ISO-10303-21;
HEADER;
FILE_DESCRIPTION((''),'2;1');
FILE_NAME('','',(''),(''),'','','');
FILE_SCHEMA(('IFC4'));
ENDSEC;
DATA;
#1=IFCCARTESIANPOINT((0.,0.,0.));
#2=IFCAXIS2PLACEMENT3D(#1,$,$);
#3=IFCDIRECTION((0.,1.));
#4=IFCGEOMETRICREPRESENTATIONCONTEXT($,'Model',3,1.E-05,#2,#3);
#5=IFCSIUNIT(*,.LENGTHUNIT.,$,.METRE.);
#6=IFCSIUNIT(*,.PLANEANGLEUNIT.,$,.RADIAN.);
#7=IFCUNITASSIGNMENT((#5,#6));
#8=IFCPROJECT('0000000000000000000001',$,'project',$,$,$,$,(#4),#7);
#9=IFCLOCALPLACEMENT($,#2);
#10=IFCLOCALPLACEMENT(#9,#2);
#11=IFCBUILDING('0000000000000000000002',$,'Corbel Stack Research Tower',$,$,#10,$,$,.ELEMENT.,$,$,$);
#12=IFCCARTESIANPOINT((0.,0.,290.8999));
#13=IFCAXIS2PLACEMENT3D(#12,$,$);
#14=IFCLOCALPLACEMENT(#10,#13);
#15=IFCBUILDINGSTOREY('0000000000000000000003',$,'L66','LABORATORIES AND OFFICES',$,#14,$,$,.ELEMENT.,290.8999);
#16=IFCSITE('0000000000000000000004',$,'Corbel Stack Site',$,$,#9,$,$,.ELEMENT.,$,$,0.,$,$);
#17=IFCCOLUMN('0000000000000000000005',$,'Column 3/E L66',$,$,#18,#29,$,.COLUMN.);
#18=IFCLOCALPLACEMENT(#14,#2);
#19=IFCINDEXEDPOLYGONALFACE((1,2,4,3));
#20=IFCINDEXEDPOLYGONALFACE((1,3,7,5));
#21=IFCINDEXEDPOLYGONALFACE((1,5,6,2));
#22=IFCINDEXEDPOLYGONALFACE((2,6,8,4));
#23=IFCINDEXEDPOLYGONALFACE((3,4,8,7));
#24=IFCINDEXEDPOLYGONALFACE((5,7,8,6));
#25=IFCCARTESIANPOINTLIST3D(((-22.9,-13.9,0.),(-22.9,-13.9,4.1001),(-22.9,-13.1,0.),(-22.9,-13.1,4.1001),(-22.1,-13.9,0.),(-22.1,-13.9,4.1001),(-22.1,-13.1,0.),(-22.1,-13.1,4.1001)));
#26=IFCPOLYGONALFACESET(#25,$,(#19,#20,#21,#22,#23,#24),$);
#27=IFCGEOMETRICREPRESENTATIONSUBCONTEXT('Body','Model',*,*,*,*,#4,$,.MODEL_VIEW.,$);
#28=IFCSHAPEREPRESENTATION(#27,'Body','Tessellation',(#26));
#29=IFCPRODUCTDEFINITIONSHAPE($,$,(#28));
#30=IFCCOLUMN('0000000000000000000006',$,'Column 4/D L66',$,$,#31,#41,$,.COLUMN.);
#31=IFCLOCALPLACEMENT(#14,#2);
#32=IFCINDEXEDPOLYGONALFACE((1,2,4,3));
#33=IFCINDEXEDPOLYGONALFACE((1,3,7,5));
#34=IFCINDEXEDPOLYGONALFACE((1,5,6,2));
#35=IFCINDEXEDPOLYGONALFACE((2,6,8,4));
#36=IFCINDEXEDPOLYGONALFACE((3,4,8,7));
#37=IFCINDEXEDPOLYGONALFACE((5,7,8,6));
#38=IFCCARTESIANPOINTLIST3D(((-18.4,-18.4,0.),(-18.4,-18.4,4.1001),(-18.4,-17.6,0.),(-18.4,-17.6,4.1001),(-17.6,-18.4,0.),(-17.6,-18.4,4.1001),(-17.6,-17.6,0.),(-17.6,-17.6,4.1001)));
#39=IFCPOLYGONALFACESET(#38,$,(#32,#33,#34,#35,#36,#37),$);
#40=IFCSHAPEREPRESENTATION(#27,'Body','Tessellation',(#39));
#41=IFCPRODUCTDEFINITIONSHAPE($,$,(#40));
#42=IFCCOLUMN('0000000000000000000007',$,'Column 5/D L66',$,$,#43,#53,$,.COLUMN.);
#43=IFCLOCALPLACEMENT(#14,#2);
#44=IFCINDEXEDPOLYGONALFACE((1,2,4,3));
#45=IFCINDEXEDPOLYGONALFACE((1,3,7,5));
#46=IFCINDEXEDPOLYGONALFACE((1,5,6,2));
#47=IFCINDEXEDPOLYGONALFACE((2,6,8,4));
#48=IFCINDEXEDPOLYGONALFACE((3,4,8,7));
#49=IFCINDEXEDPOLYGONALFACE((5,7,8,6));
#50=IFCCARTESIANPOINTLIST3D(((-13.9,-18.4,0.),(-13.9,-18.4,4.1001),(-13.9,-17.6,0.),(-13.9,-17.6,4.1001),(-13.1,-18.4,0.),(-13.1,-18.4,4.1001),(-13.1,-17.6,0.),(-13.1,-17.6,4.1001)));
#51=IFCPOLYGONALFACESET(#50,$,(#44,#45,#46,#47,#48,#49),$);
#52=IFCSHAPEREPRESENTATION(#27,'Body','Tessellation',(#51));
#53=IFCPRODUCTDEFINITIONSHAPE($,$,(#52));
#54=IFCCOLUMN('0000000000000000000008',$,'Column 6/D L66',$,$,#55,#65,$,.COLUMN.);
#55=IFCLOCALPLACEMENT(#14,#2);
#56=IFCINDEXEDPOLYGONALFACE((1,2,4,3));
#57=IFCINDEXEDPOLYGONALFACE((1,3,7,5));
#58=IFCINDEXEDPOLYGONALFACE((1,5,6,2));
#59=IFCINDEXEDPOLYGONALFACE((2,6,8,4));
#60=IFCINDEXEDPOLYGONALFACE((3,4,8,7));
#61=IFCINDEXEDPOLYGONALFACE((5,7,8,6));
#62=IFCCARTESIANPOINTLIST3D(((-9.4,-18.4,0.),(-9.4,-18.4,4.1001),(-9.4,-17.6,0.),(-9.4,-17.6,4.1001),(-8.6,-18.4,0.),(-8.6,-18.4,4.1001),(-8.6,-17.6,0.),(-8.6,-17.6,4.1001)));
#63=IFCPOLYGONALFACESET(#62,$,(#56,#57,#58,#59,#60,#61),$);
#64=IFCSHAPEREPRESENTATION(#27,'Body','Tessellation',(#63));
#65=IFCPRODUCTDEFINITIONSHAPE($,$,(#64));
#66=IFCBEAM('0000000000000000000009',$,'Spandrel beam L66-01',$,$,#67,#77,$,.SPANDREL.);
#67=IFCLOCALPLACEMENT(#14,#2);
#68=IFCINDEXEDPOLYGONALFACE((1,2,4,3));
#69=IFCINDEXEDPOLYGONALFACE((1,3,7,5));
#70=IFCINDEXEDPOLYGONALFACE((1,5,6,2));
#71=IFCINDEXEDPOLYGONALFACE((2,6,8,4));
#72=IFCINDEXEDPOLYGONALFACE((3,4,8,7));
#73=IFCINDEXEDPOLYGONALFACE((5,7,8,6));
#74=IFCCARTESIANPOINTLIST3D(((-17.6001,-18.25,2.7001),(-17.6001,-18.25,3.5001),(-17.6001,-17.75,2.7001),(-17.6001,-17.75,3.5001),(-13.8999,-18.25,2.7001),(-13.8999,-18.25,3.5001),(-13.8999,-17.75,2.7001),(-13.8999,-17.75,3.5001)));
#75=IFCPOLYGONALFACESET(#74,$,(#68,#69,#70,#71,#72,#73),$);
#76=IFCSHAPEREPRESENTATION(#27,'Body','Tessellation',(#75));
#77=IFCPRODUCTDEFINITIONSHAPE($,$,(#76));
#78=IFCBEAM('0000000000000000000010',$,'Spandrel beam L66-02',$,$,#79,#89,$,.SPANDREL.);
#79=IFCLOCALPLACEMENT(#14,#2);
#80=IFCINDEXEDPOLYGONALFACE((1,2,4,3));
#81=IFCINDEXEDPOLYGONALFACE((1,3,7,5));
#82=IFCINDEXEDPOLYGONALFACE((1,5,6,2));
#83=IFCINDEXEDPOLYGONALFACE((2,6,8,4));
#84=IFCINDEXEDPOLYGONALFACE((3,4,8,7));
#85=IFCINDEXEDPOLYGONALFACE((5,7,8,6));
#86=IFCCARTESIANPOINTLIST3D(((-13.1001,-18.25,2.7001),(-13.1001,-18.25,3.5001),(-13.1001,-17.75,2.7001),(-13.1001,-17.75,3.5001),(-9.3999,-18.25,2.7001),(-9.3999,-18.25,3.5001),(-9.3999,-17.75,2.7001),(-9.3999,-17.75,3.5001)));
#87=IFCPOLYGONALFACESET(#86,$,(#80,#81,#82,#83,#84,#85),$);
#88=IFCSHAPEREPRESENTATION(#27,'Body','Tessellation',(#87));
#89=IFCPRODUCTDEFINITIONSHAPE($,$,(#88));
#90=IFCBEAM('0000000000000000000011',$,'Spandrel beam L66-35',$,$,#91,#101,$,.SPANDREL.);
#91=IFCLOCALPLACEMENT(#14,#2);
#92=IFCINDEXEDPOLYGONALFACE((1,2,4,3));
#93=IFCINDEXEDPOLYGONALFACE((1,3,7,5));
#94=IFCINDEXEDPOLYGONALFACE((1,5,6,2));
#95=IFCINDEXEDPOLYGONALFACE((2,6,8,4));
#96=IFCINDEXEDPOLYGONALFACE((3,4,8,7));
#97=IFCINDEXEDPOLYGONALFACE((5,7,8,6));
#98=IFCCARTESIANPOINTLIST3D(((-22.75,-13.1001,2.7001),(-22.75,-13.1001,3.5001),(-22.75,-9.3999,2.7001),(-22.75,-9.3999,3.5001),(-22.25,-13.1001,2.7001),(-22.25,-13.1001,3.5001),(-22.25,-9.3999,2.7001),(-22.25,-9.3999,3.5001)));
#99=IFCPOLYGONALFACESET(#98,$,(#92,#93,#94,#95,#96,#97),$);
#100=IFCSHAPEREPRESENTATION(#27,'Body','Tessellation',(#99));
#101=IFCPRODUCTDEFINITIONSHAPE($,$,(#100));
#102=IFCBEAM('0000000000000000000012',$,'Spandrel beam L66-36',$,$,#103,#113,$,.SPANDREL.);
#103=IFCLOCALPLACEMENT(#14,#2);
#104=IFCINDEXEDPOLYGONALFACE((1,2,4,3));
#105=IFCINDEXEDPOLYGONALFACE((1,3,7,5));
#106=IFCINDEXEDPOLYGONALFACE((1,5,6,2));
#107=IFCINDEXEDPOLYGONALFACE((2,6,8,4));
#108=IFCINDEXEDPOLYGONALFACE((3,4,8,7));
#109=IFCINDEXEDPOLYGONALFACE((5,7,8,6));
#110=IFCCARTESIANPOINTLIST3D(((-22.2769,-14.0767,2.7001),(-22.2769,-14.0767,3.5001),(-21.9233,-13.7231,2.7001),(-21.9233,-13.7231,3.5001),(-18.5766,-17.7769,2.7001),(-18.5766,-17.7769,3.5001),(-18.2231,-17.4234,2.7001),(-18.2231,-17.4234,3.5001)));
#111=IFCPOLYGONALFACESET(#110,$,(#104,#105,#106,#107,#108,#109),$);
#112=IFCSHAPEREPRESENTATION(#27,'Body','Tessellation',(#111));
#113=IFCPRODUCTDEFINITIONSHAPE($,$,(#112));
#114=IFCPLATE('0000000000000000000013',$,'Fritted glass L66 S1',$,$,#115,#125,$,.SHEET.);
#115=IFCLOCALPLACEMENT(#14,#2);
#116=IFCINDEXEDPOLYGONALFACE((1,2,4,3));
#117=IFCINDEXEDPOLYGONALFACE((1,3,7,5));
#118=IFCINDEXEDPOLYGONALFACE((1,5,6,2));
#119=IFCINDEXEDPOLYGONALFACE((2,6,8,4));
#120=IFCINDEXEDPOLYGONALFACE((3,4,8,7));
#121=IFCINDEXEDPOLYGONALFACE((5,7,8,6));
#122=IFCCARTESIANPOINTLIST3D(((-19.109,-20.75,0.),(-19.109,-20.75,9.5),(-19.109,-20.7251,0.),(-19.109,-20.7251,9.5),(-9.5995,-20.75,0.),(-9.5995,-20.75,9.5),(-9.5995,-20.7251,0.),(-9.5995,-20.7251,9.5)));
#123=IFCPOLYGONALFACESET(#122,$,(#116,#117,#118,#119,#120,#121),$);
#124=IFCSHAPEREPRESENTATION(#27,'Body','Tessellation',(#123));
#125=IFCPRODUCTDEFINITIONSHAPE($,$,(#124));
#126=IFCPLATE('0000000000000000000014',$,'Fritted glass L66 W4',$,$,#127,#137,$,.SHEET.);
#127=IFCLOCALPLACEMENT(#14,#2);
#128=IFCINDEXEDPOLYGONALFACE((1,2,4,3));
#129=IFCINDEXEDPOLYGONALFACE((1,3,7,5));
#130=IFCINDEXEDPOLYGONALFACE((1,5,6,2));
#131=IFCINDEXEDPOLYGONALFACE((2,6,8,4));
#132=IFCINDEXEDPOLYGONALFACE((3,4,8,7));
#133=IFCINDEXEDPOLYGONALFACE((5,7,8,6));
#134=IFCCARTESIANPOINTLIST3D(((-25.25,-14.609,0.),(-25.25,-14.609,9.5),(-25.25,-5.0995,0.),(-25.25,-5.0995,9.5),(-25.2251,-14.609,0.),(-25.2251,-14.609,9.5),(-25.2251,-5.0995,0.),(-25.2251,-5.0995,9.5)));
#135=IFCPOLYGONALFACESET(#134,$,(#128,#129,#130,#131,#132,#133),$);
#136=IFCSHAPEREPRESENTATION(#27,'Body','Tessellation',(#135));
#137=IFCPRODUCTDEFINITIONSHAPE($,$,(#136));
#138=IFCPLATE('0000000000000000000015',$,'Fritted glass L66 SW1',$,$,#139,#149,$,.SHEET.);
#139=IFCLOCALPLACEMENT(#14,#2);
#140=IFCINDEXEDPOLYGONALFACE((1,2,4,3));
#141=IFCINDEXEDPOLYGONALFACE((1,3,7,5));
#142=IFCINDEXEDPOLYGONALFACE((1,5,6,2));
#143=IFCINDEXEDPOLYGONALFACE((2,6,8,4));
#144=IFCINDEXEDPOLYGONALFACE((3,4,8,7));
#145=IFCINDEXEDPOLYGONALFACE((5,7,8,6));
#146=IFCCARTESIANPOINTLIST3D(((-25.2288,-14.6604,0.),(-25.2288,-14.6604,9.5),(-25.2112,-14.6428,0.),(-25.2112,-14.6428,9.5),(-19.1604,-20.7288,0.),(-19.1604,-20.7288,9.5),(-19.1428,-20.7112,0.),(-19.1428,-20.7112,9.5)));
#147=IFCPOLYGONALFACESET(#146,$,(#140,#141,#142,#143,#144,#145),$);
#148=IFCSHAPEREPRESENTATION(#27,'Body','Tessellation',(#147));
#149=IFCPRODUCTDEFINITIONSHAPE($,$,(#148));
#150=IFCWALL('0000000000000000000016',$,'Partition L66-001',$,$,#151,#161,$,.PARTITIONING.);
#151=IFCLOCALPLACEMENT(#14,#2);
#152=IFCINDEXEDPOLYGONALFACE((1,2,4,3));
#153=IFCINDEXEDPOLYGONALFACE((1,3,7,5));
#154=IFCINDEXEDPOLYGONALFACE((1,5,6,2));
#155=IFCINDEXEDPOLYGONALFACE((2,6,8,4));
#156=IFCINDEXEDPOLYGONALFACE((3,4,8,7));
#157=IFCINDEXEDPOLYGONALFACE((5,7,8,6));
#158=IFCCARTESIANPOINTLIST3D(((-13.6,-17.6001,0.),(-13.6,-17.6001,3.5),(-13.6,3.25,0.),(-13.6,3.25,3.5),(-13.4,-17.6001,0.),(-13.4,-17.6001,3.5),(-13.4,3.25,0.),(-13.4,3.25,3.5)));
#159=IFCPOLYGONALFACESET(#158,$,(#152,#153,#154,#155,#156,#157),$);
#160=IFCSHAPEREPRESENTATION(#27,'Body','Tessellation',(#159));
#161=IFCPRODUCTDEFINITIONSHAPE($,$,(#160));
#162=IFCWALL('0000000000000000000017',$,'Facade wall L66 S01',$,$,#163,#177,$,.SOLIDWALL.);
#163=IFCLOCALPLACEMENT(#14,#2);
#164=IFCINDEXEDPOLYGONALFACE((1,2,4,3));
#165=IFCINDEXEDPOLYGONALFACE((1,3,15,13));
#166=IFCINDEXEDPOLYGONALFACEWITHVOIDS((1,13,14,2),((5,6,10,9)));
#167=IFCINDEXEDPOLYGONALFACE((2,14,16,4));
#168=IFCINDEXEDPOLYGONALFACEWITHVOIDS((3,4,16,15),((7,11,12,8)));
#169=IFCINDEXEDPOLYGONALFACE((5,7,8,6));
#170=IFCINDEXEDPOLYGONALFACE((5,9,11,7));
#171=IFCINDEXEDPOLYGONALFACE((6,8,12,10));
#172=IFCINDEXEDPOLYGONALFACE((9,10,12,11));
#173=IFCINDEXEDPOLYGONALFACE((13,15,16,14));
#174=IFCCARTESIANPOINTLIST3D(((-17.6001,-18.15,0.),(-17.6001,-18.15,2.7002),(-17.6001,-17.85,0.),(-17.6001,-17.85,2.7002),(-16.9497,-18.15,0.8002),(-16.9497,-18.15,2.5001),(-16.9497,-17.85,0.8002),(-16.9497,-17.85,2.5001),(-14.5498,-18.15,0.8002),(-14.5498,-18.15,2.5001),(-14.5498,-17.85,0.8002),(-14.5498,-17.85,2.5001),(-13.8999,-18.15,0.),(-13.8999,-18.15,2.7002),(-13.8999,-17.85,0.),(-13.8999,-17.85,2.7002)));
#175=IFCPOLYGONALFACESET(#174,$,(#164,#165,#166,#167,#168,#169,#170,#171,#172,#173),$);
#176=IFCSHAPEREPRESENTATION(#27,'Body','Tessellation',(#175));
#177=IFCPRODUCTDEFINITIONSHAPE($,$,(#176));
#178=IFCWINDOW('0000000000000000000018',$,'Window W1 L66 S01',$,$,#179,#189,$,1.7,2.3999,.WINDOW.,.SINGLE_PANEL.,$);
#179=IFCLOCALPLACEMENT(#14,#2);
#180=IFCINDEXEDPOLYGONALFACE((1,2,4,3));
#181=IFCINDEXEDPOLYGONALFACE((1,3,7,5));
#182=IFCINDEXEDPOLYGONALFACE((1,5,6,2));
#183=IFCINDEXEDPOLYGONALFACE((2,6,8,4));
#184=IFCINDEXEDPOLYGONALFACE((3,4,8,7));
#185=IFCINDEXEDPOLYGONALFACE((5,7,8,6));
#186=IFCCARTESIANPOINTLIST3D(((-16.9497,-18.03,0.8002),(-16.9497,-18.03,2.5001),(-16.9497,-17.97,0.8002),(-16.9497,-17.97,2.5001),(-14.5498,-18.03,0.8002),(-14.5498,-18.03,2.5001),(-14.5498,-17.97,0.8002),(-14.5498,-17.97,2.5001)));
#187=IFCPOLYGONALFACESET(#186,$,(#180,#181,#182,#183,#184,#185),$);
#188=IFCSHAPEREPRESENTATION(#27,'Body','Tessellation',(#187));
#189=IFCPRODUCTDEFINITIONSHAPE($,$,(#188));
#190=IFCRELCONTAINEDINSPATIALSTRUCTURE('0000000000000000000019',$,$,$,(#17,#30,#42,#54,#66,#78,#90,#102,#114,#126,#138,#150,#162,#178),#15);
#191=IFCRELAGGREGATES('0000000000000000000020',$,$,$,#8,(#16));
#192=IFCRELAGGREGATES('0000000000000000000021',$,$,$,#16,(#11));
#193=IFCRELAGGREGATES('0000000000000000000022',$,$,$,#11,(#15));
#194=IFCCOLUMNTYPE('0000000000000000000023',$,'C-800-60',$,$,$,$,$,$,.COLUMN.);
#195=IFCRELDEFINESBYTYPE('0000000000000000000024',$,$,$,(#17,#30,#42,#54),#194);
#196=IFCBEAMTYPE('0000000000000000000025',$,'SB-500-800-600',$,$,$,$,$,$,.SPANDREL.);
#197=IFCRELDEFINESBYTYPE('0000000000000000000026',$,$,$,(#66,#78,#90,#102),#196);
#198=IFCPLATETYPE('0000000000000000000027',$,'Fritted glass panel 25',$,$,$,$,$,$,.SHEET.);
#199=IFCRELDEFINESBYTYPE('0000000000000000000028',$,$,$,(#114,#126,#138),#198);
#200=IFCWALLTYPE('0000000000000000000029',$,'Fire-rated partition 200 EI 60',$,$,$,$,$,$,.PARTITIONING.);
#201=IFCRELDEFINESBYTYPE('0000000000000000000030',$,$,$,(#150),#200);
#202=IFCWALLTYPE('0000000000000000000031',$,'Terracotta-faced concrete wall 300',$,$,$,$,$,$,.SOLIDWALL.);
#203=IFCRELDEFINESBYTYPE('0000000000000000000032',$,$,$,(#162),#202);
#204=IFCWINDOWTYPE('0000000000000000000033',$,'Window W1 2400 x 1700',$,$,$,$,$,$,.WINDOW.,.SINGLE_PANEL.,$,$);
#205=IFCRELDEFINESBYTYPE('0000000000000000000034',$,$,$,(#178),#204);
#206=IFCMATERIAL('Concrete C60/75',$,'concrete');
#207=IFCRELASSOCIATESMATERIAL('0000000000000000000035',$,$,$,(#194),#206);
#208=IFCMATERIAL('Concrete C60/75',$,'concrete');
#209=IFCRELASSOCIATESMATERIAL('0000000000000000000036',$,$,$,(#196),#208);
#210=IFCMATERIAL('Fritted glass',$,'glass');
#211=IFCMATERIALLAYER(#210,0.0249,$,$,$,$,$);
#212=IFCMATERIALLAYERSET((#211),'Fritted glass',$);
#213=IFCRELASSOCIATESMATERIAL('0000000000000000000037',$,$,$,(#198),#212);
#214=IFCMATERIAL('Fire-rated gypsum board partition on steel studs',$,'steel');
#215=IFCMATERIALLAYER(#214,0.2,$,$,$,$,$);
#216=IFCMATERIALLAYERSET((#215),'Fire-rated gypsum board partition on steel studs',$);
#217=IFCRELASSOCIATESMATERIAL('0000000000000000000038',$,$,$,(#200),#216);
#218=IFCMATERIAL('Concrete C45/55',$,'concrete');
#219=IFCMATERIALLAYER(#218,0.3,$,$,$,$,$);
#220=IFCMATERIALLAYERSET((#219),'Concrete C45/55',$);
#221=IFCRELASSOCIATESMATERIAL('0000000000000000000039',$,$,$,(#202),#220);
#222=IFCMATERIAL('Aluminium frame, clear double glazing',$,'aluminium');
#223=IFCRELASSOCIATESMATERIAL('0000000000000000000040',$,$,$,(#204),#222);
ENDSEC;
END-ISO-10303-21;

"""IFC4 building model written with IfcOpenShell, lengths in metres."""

from ifc_helpers import new_model, si_unit, direction, frame, frame_2d, origin, origin_2d, place, context, subcontext, project, spatial, rectangle, extrude, material, layer, layer_set, material_profile, profile_set, type_object, element, fill, save


model = new_model("IFC4")

# Units and contexts
model_context = context("Model", 3, precision=1e-05, world=origin(), true_north=direction((0.0, 1.0)))
body_context = subcontext(model_context, "Body", "Model", "MODEL_VIEW")
ifc_project = project(units=[si_unit("LENGTHUNIT", "METRE"), si_unit("PLANEANGLEUNIT", "RADIAN")], contexts=[model_context])

# Site, building, storey
site_placement = place(None, origin())
site = spatial("IfcSite", under=ifc_project, at=site_placement, Name="Corbel Stack Site", CompositionType="ELEMENT", RefElevation=0.0)
building_placement = place(site_placement, origin())
building = spatial("IfcBuilding", under=site, at=building_placement, Name="Corbel Stack Research Tower", CompositionType="ELEMENT")
storey_placement = place(building_placement, frame((0.0, 0.0, 290.8999)))
storey = spatial("IfcBuildingStorey", under=building, at=storey_placement, Name="L66", Description="LABORATORIES AND OFFICES", CompositionType="ELEMENT", Elevation=290.8999)

# Columns
ifc_material_1 = material(Name="Concrete C60/75", Category="concrete")
ifc_material_profile_1 = material_profile(ifc_material_1, rectangle(XDim=0.8, YDim=0.8, at=origin_2d()), Name="RC 800 x 800")
ifc_profile_set_1 = profile_set([ifc_material_profile_1], Name="Concrete C60/75")
column_type = type_object("IfcColumnType", Name="C-800-60", PredefinedType="COLUMN", material=ifc_profile_set_1)
for number, where, z_axis, x_axis, name in (
    (1, (-22.5, -13.5, 0.0), (0.0, 0.0, 1.0), (1.0, 0.0, 0.0), "Column 3/E L66"),
    (2, (-18.0, -18.0, 0.0), (0.0, 0.0, 1.0), (1.0, 0.0, 0.0), "Column 4/D L66"),
    (3, (-13.5, -18.0, 0.0), (0.0, 0.0, 1.0), (1.0, 0.0, 0.0), "Column 5/D L66"),
    (4, (-9.0, -18.0, 0.0), (0.0, 0.0, 1.0), (1.0, 0.0, 0.0), "Column 6/D L66"),
):
    element("IfcColumn", number, at=place(storey_placement, frame(where, z_axis=z_axis, x_axis=x_axis)), inside=storey, type_object=column_type, Name=name, PredefinedType="COLUMN", context=body_context, shape_type="SweptSolid", body=[
        extrude(rectangle(XDim=0.8, YDim=0.8, at=origin_2d()), origin(), (0.0, 0.0, 1.0), 4.1001),
    ])

# Beams
ifc_material_2 = material(Name="Concrete C60/75", Category="concrete")
ifc_material_profile_2 = material_profile(ifc_material_2, rectangle(XDim=0.5, YDim=0.8, at=origin_2d()), Name="RC 500 x 800")
ifc_profile_set_2 = profile_set([ifc_material_profile_2], Name="Concrete C60/75")
beam_type = type_object("IfcBeamType", Name="SB-500-800-600", PredefinedType="SPANDREL", material=ifc_profile_set_2)
for number, where, z_axis, x_axis, name in (
    (5, (-17.6001, -18.0, 3.1001), (1.0, 0.0, 0.0), (0.0, 1.0, 0.0), "Spandrel beam L66-01"),
    (6, (-13.1001, -18.0, 3.1001), (1.0, 0.0, 0.0), (0.0, 1.0, 0.0), "Spandrel beam L66-02"),
    (7, (-22.5, -9.3999, 3.1001), (0.0, -1.0, 0.0), (1.0, 0.0, 0.0), "Spandrel beam L66-35"),
):
    element("IfcBeam", number, at=place(storey_placement, frame(where, z_axis=z_axis, x_axis=x_axis)), inside=storey, type_object=beam_type, Name=name, PredefinedType="SPANDREL", context=body_context, shape_type="SweptSolid", body=[
        extrude(rectangle(XDim=0.5, YDim=0.8, at=origin_2d()), origin(), (0.0, 0.0, 1.0), 3.7002),
    ])
beam_placement = place(storey_placement, frame((-22.1001, -13.8999, 3.1001), z_axis=(0.707107, -0.707107, 0.0), x_axis=(0.707107, 0.707107, 0.0)))
element("IfcBeam", 8, at=beam_placement, inside=storey, type_object=beam_type, Name="Spandrel beam L66-36", PredefinedType="SPANDREL", context=body_context, shape_type="SweptSolid", body=[
    extrude(rectangle(XDim=0.5, YDim=0.8, at=origin_2d()), origin(), (0.0, 0.0, 1.0), 5.2329),
])

# Plates
ifc_material_3 = material(Name="Fritted glass", Category="glass")
ifc_layer_1 = layer(ifc_material_3, 0.0249)
ifc_layer_set_1 = layer_set([ifc_layer_1], Name="Fritted glass")
plate_type = type_object("IfcPlateType", Name="Fritted glass panel 25", PredefinedType="SHEET", material=ifc_layer_set_1)
for number, where, z_axis, x_axis, name in (
    (9, (-14.3542, -20.7375, 0.0), (0.0, 0.0, 1.0), (1.0, 0.0, 0.0), "Fritted glass L66 S1"),
    (10, (-25.2375, -9.8542, 0.0), (0.0, 0.0, 1.0), (0.0, -1.0, 0.0), "Fritted glass L66 W4"),
):
    element("IfcPlate", number, at=place(storey_placement, frame(where, z_axis=z_axis, x_axis=x_axis)), inside=storey, type_object=plate_type, Name=name, PredefinedType="SHEET", context=body_context, shape_type="SweptSolid", body=[
        extrude(rectangle(XDim=9.5095, YDim=0.0249, at=origin_2d()), origin(), (0.0, 0.0, 1.0), 9.5),
    ])
plate_placement = place(storey_placement, frame((-22.1858, -17.6858, 0.0), z_axis=(0.0, 0.0, 1.0), x_axis=(0.707107, -0.707107, 0.0)))
element("IfcPlate", 11, at=plate_placement, inside=storey, type_object=plate_type, Name="Fritted glass L66 SW1", PredefinedType="SHEET", context=body_context, shape_type="SweptSolid", body=[
    extrude(rectangle(XDim=8.582, YDim=0.0249, at=origin_2d()), origin(), (0.0, 0.0, 1.0), 9.5),
])

# Wall
ifc_material_4 = material(Name="Fire-rated gypsum board partition on steel studs", Category="steel")
ifc_layer_2 = layer(ifc_material_4, 0.2)
ifc_layer_set_2 = layer_set([ifc_layer_2], Name="Fire-rated gypsum board partition on steel studs")
wall_type_1 = type_object("IfcWallType", Name="Fire-rated partition 200 EI 60", PredefinedType="PARTITIONING", material=ifc_layer_set_2)
wall_1_placement = place(storey_placement, frame((-13.5, -17.6001, 0.0), z_axis=(0.0, 0.0, 1.0), x_axis=(0.0, 1.0, 0.0)))
element("IfcWall", 12, at=wall_1_placement, inside=storey, type_object=wall_type_1, Name="Partition L66-001", PredefinedType="PARTITIONING", context=body_context, shape_type="SweptSolid", body=[
    extrude(rectangle(XDim=20.8501, YDim=0.2, at=frame_2d((10.425, 0.0))), origin(), (0.0, 0.0, 1.0), 3.5),
])

# Wall, opening, window
ifc_material_5 = material(Name="Concrete C45/55", Category="concrete")
ifc_layer_3 = layer(ifc_material_5, 0.3)
ifc_layer_set_3 = layer_set([ifc_layer_3], Name="Concrete C45/55")
wall_type_2 = type_object("IfcWallType", Name="Terracotta-faced concrete wall 300", PredefinedType="SOLIDWALL", material=ifc_layer_set_3)
wall_2_placement = place(storey_placement, frame((-13.8999, -18.0, 0.0), z_axis=(0.0, 0.0, 1.0), x_axis=(-1.0, 0.0, 0.0)))
wall_2 = element("IfcWall", 13, at=wall_2_placement, inside=storey, type_object=wall_type_2, Name="Facade wall L66 S01", PredefinedType="SOLIDWALL", context=body_context, shape_type="SweptSolid", body=[
    extrude(rectangle(XDim=3.7002, YDim=0.3, at=frame_2d((1.8501, 0.0))), origin(), (0.0, 0.0, 1.0), 2.7002),
])
opening_1_placement = place(wall_2_placement, frame((0.6499, 0.0, 0.8)))
opening_1 = element("IfcOpeningElement", 14, at=opening_1_placement, cuts=wall_2, PredefinedType="OPENING", context=body_context, shape_type="SweptSolid", body=[
    extrude(rectangle(XDim=2.3999, YDim=1.7, at=frame_2d((1.2, 0.8501))), frame((0.0, 0.1599, 0.0), z_axis=(0.0, -1.0, 0.0), x_axis=(1.0, 0.0, 0.0)), (0.0, 0.0, 1.0), 0.3201),
])
ifc_material_6 = material(Name="Aluminium frame, clear double glazing", Category="aluminium")
window_type = type_object("IfcWindowType", Name="Window W1 2400 x 1700", PartitioningType="SINGLE_PANEL", PredefinedType="WINDOW", material=ifc_material_6)
window_1_placement = place(opening_1_placement, origin())
window_1 = element("IfcWindow", 15, at=window_1_placement, inside=storey, type_object=window_type, Name="Window W1 L66 S01", OverallHeight=1.7, OverallWidth=2.3999, PartitioningType="SINGLE_PANEL", PredefinedType="WINDOW", context=body_context, shape_type="SweptSolid", body=[
    extrude(rectangle(XDim=2.3999, YDim=1.7, at=frame_2d((1.2, 0.8501))), frame((0.0, 0.03, 0.0), z_axis=(0.0, -1.0, 0.0), x_axis=(1.0, 0.0, 0.0)), (0.0, 0.0, 1.0), 0.0601),
])
fill(opening_1, window_1)

save(model, "model.ifc")
